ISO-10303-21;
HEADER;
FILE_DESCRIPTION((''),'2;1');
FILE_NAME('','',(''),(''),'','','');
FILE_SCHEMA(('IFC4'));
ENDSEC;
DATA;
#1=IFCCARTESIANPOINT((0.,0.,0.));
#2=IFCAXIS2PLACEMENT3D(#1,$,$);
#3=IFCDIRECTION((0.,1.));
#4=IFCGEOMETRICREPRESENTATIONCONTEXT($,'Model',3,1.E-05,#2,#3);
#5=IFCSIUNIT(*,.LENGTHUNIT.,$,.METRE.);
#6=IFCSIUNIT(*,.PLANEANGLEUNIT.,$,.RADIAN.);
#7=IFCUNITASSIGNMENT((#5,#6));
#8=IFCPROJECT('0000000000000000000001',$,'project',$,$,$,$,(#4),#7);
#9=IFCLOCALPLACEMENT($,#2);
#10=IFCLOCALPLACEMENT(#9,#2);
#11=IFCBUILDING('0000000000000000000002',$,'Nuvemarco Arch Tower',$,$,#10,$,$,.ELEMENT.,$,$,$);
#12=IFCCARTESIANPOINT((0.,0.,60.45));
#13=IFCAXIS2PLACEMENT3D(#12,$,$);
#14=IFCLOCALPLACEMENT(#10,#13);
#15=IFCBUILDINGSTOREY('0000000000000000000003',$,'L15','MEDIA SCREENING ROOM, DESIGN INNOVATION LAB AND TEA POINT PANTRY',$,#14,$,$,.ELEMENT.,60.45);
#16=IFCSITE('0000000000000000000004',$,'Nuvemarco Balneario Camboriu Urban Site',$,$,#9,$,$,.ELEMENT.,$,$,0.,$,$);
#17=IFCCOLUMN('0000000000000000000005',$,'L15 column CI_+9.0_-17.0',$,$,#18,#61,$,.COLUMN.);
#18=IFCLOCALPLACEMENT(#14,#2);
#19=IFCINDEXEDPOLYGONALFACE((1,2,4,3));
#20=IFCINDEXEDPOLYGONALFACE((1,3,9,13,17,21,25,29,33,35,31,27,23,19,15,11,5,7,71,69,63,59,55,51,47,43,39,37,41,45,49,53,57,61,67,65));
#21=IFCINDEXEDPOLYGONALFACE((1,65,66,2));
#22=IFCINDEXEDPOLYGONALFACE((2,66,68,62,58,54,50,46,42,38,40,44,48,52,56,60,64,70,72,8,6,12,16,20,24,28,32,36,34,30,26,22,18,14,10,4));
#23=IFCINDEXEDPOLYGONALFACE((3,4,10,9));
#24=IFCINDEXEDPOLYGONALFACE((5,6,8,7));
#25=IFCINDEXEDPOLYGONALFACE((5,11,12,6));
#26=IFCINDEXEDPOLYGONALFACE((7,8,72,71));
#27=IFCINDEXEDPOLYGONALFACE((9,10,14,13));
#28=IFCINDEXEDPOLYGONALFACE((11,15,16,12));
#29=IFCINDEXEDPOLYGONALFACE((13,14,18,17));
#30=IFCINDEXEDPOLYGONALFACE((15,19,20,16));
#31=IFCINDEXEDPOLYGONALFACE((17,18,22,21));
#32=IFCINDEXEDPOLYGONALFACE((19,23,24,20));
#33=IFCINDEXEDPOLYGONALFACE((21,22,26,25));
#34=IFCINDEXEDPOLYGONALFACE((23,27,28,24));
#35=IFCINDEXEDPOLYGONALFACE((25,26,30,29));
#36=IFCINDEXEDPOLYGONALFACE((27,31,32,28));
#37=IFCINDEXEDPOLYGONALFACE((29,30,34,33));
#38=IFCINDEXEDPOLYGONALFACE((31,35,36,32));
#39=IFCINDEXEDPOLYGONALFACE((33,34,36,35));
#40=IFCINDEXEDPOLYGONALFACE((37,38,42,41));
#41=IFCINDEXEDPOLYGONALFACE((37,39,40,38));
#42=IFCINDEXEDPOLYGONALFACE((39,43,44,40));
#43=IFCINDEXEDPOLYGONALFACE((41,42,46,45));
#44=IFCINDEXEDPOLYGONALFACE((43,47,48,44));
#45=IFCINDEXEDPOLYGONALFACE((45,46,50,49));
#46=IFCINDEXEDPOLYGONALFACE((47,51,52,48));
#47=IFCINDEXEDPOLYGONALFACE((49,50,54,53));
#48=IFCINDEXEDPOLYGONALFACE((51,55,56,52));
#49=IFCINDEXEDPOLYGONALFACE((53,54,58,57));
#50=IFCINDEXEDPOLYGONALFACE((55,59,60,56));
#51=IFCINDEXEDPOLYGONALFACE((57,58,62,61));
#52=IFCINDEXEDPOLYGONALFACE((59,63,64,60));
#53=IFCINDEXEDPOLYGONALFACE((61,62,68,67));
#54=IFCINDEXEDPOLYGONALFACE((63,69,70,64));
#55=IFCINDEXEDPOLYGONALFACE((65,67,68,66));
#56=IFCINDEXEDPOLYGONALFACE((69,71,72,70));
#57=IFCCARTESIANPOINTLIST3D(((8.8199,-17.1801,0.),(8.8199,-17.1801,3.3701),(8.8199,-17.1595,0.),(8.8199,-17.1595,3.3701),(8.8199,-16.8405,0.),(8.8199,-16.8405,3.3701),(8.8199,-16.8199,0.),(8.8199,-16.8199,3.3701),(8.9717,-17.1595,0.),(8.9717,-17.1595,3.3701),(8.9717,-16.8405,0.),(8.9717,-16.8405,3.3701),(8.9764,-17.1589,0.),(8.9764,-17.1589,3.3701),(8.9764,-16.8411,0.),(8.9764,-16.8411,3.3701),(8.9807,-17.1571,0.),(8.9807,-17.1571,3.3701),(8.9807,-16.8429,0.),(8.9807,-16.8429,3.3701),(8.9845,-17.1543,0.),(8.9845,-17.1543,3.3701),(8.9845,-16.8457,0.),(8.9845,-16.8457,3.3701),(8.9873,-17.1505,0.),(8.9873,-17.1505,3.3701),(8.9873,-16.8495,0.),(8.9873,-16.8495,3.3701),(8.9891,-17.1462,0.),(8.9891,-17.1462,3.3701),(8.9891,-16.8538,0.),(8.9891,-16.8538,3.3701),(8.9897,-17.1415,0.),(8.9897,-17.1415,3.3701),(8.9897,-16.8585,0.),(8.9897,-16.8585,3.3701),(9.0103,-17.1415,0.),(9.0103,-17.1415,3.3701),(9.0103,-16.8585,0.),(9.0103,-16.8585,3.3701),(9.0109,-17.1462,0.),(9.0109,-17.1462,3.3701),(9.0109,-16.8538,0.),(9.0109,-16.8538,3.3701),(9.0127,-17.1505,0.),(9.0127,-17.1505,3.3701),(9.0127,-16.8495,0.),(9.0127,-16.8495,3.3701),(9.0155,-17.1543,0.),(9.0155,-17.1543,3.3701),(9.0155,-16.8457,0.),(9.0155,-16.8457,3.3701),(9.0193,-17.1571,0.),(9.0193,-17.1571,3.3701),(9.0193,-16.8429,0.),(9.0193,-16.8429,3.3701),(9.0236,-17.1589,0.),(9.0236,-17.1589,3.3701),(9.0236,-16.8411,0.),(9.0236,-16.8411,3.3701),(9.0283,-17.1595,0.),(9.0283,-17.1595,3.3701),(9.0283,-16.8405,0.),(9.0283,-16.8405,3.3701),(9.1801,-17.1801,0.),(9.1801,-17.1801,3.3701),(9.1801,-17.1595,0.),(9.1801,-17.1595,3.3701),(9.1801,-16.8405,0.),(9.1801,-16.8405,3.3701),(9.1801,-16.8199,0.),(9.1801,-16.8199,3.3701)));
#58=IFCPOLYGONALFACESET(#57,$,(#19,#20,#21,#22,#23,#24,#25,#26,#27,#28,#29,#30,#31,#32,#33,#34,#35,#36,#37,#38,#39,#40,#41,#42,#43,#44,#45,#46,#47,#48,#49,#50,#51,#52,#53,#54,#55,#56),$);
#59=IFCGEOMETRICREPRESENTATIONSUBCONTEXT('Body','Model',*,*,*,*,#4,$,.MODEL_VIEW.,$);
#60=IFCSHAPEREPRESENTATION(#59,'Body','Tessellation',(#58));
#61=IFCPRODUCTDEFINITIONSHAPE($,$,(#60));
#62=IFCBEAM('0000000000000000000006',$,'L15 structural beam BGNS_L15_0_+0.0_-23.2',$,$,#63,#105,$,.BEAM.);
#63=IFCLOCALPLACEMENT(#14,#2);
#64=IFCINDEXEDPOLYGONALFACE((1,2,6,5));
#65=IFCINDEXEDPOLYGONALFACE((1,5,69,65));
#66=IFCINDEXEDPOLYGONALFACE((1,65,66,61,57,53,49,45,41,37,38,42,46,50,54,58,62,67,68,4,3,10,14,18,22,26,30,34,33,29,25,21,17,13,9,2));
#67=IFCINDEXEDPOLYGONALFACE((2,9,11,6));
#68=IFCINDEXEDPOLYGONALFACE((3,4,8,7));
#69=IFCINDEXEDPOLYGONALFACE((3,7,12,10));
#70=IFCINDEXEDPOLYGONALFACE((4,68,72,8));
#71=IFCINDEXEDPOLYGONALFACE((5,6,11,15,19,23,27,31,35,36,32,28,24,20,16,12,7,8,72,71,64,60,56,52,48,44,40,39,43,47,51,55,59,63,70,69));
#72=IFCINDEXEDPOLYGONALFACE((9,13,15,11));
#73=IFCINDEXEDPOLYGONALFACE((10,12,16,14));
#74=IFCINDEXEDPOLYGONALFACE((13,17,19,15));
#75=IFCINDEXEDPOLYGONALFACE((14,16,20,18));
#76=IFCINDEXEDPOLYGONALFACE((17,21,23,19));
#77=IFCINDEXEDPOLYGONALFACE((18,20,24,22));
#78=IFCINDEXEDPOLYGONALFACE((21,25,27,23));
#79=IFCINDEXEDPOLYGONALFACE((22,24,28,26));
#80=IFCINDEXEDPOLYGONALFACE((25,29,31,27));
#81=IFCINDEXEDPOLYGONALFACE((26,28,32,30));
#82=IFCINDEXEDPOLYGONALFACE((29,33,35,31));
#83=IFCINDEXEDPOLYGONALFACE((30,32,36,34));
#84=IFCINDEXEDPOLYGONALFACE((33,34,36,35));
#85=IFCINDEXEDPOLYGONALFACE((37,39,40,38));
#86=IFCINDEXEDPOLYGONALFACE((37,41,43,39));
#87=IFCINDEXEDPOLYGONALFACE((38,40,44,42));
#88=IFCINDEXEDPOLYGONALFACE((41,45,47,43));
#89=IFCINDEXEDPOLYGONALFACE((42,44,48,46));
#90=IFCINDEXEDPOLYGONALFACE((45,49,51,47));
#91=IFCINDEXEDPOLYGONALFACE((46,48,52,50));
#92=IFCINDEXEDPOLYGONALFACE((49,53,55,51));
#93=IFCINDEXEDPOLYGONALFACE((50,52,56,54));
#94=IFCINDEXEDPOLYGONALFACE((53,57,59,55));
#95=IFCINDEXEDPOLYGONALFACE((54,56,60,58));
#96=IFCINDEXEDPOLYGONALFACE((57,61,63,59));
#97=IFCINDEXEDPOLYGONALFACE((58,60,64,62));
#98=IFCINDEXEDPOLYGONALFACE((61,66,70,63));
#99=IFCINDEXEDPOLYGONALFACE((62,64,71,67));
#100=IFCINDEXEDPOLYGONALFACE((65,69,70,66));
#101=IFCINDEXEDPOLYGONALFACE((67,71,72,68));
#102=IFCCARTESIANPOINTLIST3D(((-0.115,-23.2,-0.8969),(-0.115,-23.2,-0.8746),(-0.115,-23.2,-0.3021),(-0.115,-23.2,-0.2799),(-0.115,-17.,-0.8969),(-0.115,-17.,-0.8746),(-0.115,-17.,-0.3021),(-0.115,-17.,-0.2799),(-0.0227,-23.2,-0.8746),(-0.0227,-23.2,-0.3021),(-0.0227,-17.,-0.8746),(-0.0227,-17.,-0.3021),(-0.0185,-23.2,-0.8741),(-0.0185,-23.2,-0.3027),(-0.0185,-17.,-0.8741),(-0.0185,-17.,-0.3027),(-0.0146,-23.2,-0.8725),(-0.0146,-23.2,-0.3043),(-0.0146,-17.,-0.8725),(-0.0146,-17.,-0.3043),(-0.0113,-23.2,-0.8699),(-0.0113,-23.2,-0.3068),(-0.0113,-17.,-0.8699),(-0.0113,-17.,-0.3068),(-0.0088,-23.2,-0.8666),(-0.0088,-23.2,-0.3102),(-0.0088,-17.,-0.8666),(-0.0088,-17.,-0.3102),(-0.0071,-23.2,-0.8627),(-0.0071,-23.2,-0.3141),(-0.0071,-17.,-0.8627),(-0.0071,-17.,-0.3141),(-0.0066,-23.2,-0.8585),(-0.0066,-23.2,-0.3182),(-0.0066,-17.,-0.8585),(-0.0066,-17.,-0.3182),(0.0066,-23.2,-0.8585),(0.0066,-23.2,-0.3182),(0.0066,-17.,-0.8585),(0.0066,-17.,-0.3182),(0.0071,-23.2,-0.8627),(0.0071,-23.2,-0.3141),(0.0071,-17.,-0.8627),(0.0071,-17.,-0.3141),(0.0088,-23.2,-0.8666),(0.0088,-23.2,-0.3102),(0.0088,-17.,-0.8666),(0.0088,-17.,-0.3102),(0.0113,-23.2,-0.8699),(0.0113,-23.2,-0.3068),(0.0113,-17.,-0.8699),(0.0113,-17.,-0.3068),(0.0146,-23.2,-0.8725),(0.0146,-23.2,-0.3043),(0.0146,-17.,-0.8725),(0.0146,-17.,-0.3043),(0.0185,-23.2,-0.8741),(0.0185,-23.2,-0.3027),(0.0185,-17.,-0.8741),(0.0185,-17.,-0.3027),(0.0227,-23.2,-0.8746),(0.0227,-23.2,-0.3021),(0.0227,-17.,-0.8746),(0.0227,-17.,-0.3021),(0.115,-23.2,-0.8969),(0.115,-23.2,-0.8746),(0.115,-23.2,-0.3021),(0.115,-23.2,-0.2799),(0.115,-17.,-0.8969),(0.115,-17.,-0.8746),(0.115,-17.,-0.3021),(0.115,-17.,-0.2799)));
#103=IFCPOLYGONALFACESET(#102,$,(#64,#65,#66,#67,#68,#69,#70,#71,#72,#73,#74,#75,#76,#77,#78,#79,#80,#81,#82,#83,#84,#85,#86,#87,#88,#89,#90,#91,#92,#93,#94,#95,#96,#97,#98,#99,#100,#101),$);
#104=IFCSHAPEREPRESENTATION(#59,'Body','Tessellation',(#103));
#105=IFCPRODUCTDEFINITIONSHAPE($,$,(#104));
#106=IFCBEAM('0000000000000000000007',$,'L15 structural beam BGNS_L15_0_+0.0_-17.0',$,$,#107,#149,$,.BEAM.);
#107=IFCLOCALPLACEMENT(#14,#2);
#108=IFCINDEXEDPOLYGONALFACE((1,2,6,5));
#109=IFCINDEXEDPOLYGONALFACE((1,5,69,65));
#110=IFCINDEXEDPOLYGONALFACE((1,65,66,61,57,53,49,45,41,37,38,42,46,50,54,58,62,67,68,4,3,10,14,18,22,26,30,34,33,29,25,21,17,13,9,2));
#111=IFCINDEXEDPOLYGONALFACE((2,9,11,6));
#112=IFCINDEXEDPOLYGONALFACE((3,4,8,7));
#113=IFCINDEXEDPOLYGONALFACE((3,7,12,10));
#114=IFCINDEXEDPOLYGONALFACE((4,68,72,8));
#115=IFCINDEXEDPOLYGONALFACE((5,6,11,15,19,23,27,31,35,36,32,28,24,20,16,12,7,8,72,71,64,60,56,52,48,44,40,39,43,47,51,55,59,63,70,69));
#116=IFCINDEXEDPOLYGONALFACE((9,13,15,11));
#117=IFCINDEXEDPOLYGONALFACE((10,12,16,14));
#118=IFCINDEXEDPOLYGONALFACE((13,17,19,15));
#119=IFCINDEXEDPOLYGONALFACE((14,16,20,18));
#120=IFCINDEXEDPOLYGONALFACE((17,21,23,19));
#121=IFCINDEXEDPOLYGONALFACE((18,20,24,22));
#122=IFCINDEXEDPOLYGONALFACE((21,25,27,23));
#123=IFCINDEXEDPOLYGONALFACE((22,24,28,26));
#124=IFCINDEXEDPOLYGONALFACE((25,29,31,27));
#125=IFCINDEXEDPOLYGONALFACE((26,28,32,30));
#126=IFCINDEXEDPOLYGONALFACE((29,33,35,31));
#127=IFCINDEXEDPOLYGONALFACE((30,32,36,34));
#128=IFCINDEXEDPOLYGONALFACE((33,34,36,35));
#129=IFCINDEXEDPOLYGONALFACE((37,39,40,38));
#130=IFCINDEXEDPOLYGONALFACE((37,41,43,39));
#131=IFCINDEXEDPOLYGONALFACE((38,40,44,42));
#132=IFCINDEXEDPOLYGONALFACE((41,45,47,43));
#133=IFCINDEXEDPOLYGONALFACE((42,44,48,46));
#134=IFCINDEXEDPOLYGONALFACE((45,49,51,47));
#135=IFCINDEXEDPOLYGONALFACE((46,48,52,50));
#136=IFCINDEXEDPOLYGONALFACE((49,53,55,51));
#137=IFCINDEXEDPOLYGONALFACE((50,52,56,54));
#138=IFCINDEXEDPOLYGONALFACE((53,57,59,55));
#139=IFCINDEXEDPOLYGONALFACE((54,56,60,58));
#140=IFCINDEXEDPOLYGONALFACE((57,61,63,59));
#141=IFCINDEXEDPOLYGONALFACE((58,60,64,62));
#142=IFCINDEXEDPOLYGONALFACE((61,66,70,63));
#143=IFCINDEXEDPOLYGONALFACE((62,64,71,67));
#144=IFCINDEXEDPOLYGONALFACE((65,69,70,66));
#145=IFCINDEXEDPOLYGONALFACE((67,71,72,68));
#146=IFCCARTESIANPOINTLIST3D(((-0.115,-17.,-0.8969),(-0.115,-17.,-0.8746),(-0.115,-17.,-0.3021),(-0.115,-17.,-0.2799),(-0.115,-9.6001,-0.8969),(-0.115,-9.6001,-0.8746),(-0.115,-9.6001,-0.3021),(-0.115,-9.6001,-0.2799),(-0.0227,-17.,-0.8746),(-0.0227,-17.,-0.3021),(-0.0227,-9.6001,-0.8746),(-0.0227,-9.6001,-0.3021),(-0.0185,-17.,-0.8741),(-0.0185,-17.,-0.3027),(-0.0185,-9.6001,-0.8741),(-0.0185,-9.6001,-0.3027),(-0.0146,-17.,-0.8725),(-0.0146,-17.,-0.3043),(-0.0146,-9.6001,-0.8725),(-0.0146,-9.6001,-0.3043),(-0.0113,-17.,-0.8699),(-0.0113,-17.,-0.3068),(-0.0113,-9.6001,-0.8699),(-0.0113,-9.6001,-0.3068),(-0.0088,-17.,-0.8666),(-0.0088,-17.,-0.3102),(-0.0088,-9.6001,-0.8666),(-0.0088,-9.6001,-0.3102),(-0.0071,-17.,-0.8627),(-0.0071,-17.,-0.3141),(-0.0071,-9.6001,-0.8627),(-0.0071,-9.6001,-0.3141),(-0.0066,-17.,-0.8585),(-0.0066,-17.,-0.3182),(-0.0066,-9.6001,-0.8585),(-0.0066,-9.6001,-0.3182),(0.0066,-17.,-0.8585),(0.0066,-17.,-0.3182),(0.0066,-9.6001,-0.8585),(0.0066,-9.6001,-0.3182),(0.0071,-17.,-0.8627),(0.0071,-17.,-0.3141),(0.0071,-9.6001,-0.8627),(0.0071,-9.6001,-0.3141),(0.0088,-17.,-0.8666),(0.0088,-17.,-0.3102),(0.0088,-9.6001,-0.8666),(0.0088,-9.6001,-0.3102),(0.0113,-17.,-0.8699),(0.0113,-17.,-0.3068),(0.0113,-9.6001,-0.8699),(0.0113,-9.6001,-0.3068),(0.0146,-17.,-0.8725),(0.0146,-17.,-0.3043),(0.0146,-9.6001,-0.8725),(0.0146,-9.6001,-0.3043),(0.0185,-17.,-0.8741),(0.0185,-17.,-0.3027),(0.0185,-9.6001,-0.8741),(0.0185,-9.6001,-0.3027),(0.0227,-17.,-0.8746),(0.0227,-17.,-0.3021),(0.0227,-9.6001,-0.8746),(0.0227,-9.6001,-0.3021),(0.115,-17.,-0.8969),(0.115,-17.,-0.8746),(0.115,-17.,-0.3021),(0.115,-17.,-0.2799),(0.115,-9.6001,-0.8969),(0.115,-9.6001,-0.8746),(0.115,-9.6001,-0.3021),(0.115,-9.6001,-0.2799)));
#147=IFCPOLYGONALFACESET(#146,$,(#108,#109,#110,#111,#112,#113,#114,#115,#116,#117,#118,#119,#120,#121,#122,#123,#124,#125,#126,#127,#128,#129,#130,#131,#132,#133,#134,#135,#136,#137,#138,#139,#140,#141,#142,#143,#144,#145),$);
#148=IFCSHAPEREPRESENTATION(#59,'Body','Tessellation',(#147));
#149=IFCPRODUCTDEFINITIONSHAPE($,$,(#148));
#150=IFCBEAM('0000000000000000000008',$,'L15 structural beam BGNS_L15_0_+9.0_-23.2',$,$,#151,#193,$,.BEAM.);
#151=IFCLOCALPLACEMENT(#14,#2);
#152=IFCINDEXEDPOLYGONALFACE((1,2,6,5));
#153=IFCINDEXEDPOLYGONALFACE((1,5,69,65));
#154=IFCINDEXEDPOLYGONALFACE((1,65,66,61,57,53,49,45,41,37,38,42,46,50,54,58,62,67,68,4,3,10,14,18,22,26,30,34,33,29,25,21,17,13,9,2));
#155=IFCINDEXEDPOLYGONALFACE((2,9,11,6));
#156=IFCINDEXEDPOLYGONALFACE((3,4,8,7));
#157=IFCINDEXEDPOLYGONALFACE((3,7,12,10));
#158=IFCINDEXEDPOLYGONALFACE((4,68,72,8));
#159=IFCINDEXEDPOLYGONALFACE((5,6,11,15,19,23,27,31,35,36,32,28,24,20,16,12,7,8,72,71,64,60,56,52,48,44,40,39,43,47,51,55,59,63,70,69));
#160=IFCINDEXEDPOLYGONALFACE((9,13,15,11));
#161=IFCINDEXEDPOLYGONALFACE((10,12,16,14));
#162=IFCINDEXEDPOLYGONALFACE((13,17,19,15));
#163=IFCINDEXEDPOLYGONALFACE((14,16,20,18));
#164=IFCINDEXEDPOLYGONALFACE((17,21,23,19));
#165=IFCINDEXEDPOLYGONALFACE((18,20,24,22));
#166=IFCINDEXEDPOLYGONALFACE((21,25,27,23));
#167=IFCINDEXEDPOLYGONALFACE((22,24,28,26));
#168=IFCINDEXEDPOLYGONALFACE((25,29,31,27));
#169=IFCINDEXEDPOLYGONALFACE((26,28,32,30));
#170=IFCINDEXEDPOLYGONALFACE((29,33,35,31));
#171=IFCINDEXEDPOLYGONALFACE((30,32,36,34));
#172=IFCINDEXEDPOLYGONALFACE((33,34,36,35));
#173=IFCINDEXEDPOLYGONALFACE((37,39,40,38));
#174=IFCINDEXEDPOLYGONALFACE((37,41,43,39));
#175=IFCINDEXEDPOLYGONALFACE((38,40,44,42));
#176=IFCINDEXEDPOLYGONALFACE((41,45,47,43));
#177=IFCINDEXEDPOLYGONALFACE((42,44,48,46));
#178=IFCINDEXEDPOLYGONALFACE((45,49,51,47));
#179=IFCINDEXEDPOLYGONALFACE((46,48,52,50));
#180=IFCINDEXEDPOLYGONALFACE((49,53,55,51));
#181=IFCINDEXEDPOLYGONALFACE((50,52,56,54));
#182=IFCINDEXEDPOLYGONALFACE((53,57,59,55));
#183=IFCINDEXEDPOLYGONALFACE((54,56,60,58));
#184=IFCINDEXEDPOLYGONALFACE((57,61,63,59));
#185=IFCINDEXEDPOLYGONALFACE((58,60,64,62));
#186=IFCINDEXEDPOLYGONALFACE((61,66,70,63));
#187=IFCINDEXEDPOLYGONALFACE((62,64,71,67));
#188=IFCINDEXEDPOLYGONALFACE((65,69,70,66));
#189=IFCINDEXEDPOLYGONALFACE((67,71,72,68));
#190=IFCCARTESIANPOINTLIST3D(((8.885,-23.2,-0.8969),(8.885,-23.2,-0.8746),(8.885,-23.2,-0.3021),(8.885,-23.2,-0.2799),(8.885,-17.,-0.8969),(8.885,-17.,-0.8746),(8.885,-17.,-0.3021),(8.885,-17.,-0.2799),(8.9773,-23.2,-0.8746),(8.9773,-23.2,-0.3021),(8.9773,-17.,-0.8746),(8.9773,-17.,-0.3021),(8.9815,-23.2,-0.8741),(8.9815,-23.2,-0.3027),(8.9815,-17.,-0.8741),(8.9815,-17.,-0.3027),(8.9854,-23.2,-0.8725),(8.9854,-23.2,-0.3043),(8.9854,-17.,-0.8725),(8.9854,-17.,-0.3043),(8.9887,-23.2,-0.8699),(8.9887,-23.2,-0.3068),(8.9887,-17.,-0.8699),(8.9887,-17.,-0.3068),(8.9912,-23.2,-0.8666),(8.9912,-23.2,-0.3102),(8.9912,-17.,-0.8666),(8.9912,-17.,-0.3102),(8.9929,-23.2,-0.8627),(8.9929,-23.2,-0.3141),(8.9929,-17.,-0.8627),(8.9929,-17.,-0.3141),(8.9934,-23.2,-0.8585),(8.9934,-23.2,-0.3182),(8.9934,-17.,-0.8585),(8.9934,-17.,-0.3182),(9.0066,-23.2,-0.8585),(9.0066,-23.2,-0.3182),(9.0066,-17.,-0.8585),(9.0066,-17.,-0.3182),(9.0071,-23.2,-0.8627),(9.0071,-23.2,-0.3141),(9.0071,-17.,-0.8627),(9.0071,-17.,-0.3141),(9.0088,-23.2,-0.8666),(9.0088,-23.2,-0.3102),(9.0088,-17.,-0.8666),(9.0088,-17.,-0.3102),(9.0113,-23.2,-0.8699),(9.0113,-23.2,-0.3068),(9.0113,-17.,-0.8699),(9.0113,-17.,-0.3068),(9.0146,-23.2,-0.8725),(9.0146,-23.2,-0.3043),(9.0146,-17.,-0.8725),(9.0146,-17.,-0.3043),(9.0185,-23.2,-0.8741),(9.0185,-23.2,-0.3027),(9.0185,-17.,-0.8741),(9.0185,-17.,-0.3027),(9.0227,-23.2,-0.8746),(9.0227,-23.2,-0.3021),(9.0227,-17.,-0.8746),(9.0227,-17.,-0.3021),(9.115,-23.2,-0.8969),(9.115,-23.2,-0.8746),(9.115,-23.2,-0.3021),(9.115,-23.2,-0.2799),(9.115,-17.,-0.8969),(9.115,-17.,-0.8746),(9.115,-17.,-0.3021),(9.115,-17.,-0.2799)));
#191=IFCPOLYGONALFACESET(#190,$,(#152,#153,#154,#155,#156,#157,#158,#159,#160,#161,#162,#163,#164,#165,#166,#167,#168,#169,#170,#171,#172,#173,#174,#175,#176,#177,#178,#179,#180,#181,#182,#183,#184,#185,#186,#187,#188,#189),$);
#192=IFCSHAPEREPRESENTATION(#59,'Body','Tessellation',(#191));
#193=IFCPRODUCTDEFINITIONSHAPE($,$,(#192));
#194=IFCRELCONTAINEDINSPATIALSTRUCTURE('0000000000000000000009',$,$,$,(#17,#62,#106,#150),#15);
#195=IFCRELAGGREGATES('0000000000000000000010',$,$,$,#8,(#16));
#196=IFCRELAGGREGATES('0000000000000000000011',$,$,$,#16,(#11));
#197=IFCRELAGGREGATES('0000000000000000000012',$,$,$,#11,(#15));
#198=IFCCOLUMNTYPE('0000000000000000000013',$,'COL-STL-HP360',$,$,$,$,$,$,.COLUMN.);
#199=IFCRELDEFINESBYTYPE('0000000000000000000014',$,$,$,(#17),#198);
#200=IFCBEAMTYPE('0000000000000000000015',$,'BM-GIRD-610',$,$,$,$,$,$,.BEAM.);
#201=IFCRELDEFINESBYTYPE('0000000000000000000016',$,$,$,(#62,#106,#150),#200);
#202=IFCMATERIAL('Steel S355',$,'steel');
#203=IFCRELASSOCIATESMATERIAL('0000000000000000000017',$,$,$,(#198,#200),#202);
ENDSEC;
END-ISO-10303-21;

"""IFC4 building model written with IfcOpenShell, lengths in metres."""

from ifc_helpers import new_model, si_unit, direction, frame, origin, origin_2d, place, context, subcontext, project, spatial, i_section, extrude, material, material_profile, profile_set, type_object, element, save


model = new_model("IFC4")

# Units and contexts
model_context = context("Model", 3, precision=1e-05, world=origin(), true_north=direction((0.0, 1.0)))
body_context = subcontext(model_context, "Body", "Model", "MODEL_VIEW")
ifc_project = project(units=[si_unit("LENGTHUNIT", "METRE"), si_unit("PLANEANGLEUNIT", "RADIAN")], contexts=[model_context])

# Site, building, storey
site_placement = place(None, origin())
site = spatial("IfcSite", under=ifc_project, at=site_placement, Name="Nuvemarco Balneario Camboriu Urban Site", CompositionType="ELEMENT", RefElevation=0.0)
building_placement = place(site_placement, origin())
building = spatial("IfcBuilding", under=site, at=building_placement, Name="Nuvemarco Arch Tower", CompositionType="ELEMENT")
storey_placement = place(building_placement, frame((0.0, 0.0, 60.45)))
storey = spatial("IfcBuildingStorey", under=building, at=storey_placement, Name="L15", Description="MEDIA SCREENING ROOM, DESIGN INNOVATION LAB AND TEA POINT PANTRY", CompositionType="ELEMENT", Elevation=60.45)

# Column
ifc_material_1 = material(Name="Steel S355", Category="steel")
ifc_material_profile_1 = material_profile(ifc_material_1, i_section(OverallWidth=0.3601, OverallDepth=0.3601, WebThickness=0.0205, FlangeThickness=0.0205, FilletRadius=0.0181, at=origin_2d()), Name="HP360x174")
ifc_profile_set_1 = profile_set([ifc_material_profile_1], Name="Steel S355")
column_type_1 = type_object("IfcColumnType", Name="COL-STL-HP360", PredefinedType="COLUMN", material=ifc_profile_set_1)
for number, where, z_axis, x_axis, name in (
    (1, (9.0, -17.0, 0.0), (0.0, 0.0, 1.0), (1.0, 0.0, 0.0), "L15 column CI_+9.0_-17.0"),
):
    element("IfcColumn", number, at=place(storey_placement, frame(where, z_axis=z_axis, x_axis=x_axis)), inside=storey, type_object=column_type_1, Name=name, PredefinedType="COLUMN", context=body_context, shape_type="SweptSolid", body=[
        extrude(i_section(OverallWidth=0.3601, OverallDepth=0.3601, WebThickness=0.0205, FlangeThickness=0.0205, FilletRadius=0.0181, at=origin_2d()), origin(), (0.0, 0.0, 1.0), 3.3701),
    ])

# Beams
ifc_material_profile_2 = material_profile(ifc_material_1, i_section(OverallWidth=0.23, OverallDepth=0.6169, WebThickness=0.0132, FlangeThickness=0.0222, FilletRadius=0.0161, at=origin_2d()), Name="W610x140")
ifc_profile_set_2 = profile_set([ifc_material_profile_2], Name="Steel S355")
beam_type_1 = type_object("IfcBeamType", Name="BM-GIRD-610", PredefinedType="BEAM", material=ifc_profile_set_2)
beam_1_placement = place(storey_placement, frame((0.0, -23.2, -0.5884), z_axis=(0.0, 1.0, 0.0), x_axis=(-1.0, 0.0, 0.0)))
element("IfcBeam", 2, at=beam_1_placement, inside=storey, type_object=beam_type_1, Name="L15 structural beam BGNS_L15_0_+0.0_-23.2", PredefinedType="BEAM", context=body_context, shape_type="SweptSolid", body=[
    extrude(i_section(OverallWidth=0.23, OverallDepth=0.6169, WebThickness=0.0132, FlangeThickness=0.0222, FilletRadius=0.0161, at=origin_2d()), origin(), (0.0, 0.0, 1.0), 6.2),
])
beam_2_placement = place(storey_placement, frame((0.0, -17.0, -0.5884), z_axis=(0.0, 1.0, 0.0), x_axis=(-1.0, 0.0, 0.0)))
element("IfcBeam", 3, at=beam_2_placement, inside=storey, type_object=beam_type_1, Name="L15 structural beam BGNS_L15_0_+0.0_-17.0", PredefinedType="BEAM", context=body_context, shape_type="SweptSolid", body=[
    extrude(i_section(OverallWidth=0.23, OverallDepth=0.6169, WebThickness=0.0132, FlangeThickness=0.0222, FilletRadius=0.0161, at=origin_2d()), origin(), (0.0, 0.0, 1.0), 7.3999),
])
beam_3_placement = place(storey_placement, frame((9.0, -23.2, -0.5884), z_axis=(0.0, 1.0, 0.0), x_axis=(-1.0, 0.0, 0.0)))
element("IfcBeam", 4, at=beam_3_placement, inside=storey, type_object=beam_type_1, Name="L15 structural beam BGNS_L15_0_+9.0_-23.2", PredefinedType="BEAM", context=body_context, shape_type="SweptSolid", body=[
    extrude(i_section(OverallWidth=0.23, OverallDepth=0.6169, WebThickness=0.0132, FlangeThickness=0.0222, FilletRadius=0.0161, at=origin_2d()), origin(), (0.0, 0.0, 1.0), 6.2),
])

save(model, "model.ifc")
